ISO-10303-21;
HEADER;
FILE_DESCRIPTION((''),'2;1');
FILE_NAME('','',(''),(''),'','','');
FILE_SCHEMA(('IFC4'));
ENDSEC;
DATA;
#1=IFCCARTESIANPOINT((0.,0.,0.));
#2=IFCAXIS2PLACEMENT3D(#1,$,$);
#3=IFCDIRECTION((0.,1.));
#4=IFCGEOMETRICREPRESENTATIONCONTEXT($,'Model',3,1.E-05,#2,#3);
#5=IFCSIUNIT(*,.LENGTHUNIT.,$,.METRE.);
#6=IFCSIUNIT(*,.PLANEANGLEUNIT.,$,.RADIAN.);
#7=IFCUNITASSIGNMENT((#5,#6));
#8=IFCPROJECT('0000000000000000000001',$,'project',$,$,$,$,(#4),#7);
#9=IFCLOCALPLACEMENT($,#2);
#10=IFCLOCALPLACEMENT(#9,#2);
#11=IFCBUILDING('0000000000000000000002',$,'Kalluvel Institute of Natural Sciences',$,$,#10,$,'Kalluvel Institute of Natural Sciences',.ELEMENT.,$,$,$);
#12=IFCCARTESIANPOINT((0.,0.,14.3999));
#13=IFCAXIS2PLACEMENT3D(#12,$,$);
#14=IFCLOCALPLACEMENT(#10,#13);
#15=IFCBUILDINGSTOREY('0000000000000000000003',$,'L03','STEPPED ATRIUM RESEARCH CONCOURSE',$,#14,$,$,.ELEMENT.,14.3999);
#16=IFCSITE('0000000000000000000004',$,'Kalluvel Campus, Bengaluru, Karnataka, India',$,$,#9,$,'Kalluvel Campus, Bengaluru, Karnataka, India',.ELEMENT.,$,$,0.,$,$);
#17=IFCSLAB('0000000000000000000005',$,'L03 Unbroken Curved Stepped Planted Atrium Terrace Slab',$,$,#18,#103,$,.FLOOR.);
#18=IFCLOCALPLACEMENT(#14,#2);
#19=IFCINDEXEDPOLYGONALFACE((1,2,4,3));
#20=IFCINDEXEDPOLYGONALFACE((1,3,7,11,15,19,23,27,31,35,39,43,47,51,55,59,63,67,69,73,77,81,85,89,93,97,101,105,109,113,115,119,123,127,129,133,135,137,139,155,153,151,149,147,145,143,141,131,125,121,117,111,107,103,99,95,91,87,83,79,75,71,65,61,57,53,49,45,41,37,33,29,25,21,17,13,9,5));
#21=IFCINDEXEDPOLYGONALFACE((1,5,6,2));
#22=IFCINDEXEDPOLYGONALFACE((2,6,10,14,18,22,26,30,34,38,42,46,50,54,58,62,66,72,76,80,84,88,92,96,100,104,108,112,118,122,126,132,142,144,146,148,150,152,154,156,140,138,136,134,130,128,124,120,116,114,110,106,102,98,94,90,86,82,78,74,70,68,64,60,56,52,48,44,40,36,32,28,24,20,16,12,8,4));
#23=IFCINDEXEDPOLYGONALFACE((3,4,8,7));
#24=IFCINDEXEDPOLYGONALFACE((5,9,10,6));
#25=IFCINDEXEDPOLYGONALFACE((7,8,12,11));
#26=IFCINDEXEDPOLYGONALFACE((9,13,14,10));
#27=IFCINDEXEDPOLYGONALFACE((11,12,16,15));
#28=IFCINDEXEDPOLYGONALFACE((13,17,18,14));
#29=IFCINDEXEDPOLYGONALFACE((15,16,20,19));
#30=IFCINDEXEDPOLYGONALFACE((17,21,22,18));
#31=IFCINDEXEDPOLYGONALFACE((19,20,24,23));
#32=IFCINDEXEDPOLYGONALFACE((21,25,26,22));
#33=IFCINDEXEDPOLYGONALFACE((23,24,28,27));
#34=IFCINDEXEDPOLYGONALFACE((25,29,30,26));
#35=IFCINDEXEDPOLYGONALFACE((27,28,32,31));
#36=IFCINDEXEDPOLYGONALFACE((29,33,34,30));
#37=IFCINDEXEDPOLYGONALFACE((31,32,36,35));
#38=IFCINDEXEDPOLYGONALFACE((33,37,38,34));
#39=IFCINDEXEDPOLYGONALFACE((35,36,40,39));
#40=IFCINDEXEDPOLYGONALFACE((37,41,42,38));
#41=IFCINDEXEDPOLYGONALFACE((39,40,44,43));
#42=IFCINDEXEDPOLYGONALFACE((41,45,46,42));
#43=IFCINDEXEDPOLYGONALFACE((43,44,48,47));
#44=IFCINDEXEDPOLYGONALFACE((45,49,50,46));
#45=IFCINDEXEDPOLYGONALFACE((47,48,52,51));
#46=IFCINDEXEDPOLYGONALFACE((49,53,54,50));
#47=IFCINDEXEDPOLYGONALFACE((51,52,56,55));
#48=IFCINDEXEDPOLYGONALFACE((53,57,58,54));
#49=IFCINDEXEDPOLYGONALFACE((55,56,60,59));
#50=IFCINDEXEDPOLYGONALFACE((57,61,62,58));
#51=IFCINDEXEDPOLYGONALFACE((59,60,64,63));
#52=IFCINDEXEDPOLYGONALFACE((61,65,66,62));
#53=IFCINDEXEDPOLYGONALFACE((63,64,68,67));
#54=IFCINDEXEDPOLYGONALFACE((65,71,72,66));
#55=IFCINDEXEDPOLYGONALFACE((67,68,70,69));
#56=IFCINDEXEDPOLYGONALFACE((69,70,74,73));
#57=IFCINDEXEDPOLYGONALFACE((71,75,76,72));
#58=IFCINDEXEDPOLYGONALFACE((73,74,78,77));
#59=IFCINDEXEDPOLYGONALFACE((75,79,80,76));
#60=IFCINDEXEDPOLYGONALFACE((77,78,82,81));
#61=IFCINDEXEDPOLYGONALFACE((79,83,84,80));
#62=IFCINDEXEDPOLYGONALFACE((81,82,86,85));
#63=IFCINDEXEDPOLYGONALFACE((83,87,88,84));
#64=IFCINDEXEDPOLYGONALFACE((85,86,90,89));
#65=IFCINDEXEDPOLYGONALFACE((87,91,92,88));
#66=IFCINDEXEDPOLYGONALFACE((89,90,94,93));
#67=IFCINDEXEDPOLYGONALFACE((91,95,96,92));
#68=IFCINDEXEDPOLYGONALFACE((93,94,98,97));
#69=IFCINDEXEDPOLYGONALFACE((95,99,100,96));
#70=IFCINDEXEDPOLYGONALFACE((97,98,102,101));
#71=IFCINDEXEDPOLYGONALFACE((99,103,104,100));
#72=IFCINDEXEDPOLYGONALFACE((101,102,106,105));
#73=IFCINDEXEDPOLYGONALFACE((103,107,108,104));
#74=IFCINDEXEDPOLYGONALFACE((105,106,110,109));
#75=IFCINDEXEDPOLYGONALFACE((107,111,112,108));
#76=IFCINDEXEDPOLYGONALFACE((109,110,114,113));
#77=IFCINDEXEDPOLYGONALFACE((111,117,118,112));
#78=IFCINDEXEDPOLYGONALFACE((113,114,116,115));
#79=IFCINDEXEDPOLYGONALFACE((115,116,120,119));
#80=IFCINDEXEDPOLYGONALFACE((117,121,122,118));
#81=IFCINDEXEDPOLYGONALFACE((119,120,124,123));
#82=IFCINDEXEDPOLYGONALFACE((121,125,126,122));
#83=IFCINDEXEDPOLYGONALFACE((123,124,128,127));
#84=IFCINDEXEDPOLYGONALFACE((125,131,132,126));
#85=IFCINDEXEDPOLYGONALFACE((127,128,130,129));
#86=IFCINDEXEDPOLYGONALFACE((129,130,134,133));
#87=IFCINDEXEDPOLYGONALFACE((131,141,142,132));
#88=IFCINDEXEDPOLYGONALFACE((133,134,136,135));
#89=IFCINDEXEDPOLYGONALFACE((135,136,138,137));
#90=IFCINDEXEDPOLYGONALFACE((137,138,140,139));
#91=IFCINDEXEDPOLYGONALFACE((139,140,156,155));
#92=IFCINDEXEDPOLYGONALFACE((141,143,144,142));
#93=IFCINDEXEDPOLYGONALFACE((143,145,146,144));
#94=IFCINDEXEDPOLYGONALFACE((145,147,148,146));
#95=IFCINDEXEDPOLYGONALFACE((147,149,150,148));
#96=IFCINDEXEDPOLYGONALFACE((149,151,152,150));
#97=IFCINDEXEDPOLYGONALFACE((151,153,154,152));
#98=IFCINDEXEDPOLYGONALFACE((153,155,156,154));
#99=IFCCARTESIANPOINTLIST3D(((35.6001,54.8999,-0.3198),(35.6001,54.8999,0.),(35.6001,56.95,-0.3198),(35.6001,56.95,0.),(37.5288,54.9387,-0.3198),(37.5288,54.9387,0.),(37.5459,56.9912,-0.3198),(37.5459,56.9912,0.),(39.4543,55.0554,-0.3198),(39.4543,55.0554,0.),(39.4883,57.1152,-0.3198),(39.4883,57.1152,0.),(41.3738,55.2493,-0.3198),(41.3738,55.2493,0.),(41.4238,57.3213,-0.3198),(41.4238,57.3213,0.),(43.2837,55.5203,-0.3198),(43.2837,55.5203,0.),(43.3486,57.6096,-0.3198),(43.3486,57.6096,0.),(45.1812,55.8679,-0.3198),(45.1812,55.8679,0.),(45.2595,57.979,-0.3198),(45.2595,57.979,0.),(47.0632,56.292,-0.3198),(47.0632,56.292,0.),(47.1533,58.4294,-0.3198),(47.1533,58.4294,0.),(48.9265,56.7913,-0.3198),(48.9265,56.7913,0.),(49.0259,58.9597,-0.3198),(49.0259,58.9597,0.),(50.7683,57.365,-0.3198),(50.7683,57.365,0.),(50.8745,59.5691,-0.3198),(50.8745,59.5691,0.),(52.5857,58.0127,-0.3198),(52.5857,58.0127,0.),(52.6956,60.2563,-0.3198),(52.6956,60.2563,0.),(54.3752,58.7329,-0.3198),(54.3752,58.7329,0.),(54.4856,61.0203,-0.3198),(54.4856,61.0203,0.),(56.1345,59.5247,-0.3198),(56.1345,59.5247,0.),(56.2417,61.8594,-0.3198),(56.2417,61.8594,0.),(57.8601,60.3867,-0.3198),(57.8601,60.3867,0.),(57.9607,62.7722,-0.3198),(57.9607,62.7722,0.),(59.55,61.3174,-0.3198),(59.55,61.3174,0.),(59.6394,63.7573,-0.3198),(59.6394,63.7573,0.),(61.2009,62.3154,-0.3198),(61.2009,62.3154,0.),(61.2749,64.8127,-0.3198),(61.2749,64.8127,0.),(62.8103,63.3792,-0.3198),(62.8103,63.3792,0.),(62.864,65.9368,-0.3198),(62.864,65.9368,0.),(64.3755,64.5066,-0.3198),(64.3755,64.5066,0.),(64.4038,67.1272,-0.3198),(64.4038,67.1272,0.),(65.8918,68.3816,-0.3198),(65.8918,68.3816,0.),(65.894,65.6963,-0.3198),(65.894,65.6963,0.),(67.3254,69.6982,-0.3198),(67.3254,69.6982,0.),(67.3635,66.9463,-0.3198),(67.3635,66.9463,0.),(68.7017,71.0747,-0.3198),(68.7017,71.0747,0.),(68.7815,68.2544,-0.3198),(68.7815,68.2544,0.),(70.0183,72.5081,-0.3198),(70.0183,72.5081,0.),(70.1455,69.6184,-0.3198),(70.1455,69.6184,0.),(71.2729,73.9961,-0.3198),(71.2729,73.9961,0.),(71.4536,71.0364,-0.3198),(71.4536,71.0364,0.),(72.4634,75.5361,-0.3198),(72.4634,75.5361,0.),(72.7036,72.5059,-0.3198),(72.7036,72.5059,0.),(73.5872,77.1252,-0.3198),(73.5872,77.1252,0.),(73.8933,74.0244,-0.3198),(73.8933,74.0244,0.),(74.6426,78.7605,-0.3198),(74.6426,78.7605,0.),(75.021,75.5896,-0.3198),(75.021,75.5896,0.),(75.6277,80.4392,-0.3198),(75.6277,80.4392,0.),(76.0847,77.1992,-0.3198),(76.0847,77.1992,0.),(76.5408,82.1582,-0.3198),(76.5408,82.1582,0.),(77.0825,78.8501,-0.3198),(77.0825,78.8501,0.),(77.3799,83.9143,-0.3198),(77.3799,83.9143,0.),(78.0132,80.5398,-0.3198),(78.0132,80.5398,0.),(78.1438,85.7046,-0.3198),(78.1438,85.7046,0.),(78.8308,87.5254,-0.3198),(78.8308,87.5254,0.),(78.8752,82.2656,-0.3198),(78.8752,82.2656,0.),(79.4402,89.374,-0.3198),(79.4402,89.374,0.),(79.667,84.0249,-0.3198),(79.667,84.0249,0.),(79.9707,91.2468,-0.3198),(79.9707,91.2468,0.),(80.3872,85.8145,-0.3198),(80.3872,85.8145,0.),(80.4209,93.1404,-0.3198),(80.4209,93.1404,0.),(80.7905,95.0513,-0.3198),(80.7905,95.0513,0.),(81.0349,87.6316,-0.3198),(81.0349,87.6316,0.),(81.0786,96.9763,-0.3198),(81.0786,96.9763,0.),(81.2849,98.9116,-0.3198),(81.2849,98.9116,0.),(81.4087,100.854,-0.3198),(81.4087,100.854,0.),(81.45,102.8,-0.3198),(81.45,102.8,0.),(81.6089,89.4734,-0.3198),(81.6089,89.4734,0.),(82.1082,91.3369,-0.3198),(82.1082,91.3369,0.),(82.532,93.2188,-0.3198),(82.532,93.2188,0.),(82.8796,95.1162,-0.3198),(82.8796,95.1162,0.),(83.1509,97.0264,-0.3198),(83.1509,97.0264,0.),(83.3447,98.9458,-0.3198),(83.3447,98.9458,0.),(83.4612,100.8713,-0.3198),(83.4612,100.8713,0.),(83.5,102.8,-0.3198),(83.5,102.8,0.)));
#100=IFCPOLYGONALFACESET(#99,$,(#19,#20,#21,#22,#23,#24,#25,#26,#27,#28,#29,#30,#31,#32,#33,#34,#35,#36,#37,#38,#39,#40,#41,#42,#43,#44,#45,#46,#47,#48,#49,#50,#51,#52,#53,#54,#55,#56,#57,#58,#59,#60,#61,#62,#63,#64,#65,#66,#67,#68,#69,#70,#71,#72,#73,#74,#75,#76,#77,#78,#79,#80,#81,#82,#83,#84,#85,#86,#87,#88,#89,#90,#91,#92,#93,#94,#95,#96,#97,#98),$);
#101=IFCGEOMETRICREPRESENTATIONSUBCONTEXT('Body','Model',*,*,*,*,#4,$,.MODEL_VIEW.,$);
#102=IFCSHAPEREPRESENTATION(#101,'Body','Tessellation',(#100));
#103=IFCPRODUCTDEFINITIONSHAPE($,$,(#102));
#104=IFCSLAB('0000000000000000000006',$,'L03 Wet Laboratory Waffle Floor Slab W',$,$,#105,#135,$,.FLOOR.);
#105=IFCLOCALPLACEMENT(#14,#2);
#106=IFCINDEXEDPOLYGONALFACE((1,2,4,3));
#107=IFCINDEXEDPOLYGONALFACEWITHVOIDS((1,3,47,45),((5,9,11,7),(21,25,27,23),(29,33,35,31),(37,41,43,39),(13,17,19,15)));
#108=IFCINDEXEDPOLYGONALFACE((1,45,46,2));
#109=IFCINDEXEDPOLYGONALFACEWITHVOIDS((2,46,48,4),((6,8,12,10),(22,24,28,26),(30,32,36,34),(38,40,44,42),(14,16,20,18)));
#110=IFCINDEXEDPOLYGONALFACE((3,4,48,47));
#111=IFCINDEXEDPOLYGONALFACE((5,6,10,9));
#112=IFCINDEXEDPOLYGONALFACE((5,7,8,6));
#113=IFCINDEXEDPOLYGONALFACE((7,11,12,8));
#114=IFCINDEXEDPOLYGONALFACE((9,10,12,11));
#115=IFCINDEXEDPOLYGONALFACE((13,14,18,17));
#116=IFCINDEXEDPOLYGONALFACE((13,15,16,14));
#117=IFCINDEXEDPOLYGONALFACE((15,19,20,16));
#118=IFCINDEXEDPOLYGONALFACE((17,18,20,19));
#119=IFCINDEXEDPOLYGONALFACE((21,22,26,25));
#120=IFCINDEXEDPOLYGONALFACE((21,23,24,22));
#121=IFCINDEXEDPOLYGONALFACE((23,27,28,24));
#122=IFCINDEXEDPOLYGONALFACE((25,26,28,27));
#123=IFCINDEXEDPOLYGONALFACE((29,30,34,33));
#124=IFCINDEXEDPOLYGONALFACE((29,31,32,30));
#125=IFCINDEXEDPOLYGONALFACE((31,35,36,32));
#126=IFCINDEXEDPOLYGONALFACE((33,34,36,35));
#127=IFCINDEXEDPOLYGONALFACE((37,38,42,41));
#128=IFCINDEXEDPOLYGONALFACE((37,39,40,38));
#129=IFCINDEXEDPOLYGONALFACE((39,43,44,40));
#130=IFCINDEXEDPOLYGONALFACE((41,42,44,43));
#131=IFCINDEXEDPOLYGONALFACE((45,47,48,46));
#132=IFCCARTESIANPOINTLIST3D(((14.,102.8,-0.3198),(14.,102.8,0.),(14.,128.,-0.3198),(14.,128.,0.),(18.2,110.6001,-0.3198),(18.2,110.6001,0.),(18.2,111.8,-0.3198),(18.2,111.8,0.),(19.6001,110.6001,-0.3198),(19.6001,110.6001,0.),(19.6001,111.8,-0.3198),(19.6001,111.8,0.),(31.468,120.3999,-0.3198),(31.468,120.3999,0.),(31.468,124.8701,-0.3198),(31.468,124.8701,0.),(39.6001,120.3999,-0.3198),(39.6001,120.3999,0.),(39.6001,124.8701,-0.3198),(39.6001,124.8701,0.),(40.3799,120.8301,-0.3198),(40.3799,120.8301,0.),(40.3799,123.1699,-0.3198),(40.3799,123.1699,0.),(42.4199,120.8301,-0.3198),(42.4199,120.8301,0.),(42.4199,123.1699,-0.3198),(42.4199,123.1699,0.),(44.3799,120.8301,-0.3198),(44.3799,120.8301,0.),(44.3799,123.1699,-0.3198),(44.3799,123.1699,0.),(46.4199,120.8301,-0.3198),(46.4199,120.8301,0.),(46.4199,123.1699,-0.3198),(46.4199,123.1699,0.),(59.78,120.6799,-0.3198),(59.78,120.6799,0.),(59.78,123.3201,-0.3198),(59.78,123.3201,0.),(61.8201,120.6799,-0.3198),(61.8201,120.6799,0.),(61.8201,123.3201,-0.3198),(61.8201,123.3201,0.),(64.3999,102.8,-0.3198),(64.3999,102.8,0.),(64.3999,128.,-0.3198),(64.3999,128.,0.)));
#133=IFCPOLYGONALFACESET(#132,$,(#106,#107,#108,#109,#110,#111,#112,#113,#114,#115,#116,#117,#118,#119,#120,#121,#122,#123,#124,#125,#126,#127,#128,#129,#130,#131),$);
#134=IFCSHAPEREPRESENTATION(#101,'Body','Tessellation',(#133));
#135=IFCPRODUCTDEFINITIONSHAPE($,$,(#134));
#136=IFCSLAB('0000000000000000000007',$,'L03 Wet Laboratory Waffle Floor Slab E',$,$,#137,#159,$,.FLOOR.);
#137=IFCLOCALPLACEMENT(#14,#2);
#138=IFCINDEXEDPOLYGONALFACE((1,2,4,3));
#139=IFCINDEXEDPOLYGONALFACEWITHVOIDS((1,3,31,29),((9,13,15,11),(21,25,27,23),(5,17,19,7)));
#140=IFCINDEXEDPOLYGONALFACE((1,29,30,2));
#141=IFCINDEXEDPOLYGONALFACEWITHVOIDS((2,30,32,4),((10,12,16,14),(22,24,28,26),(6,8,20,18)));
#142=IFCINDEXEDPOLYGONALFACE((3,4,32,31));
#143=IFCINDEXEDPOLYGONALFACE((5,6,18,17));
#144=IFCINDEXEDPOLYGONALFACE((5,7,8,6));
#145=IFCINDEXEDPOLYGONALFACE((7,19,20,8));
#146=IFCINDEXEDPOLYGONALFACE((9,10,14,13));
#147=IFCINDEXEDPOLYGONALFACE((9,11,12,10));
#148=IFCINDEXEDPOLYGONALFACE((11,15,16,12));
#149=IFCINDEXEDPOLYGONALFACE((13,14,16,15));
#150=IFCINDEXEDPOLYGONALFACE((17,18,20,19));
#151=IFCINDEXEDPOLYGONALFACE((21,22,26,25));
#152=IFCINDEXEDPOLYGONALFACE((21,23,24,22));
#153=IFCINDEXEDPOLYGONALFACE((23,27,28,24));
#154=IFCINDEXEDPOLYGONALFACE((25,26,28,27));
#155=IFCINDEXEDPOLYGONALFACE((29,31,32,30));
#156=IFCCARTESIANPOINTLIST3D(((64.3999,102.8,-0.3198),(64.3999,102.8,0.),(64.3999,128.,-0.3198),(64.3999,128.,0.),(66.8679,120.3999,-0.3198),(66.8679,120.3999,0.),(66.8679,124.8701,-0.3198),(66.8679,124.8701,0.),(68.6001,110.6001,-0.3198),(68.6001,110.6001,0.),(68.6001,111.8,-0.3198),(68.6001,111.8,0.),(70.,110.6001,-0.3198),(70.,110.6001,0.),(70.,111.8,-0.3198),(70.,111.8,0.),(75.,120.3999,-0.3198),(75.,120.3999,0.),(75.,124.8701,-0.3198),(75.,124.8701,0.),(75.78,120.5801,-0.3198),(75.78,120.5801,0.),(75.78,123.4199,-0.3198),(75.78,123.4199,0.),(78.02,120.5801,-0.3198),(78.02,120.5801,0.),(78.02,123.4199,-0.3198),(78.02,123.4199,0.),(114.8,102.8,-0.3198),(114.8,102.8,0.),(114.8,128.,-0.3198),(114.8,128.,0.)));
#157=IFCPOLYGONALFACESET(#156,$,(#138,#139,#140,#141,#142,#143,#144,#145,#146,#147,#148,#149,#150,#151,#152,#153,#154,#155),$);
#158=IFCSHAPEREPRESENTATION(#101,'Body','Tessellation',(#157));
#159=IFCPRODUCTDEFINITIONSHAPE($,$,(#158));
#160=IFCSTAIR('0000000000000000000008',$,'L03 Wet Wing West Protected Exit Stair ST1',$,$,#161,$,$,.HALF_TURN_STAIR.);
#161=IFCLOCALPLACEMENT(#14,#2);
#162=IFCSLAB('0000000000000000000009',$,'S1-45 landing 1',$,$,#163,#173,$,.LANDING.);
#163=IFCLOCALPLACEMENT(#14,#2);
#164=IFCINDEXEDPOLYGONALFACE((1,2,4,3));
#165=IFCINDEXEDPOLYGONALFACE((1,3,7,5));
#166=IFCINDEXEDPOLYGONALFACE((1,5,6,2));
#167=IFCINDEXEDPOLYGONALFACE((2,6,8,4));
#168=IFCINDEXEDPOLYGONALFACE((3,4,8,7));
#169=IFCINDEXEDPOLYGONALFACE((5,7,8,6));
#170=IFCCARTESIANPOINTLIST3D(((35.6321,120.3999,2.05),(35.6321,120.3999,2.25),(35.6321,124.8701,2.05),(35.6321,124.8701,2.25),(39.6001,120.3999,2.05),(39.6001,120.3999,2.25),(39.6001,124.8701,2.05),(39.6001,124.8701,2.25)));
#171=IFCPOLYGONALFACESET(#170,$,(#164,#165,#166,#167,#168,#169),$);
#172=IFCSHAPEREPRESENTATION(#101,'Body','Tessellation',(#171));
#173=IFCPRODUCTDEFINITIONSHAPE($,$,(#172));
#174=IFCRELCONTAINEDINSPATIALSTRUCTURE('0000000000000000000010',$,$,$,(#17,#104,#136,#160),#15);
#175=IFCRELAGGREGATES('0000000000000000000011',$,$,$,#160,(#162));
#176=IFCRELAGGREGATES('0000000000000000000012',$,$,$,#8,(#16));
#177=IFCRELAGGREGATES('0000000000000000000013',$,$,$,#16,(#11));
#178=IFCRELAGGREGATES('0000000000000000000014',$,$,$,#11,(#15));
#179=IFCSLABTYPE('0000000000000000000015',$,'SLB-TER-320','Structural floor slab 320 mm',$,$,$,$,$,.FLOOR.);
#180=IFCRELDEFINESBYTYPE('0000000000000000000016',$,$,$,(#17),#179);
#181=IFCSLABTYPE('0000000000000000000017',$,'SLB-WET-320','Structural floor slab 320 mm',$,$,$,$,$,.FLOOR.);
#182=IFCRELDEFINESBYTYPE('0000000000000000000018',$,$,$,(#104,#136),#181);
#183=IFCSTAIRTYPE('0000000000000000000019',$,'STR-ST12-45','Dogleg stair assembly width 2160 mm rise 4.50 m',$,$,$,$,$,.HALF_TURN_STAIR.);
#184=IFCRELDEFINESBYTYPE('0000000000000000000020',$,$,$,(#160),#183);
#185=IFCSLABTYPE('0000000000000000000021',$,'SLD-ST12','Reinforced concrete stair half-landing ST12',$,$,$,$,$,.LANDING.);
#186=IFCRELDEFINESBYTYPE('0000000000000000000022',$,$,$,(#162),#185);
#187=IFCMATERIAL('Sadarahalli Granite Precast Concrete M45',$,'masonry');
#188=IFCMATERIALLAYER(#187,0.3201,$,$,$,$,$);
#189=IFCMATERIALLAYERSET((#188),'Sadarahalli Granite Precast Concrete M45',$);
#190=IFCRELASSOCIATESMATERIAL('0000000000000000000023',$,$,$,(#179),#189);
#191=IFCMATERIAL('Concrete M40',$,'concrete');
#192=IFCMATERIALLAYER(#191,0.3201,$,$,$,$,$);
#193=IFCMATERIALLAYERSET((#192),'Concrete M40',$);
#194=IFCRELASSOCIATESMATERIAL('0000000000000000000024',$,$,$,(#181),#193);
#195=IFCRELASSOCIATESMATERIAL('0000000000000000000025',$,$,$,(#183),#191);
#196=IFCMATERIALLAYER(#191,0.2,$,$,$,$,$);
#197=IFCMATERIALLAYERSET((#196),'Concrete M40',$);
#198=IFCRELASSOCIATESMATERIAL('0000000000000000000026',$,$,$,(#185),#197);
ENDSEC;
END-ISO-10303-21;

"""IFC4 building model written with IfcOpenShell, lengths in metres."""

from ifc_helpers import new_model, si_unit, direction, frame, origin, place, context, subcontext, project, spatial, polyline, outline, extrude, material, layer, layer_set, type_object, element, aggregate, save


model = new_model("IFC4")

# Units and contexts
model_context = context("Model", 3, precision=1e-05, world=origin(), true_north=direction((0.0, 1.0)))
body_context = subcontext(model_context, "Body", "Model", "MODEL_VIEW")
ifc_project = project(units=[si_unit("LENGTHUNIT", "METRE"), si_unit("PLANEANGLEUNIT", "RADIAN")], contexts=[model_context])

# Site, building, storey
site_placement = place(None, origin())
site = spatial("IfcSite", under=ifc_project, at=site_placement, Name="Kalluvel Campus, Bengaluru, Karnataka, India", LongName="Kalluvel Campus, Bengaluru, Karnataka, India", CompositionType="ELEMENT", RefElevation=0.0)
building_placement = place(site_placement, origin())
building = spatial("IfcBuilding", under=site, at=building_placement, Name="Kalluvel Institute of Natural Sciences", LongName="Kalluvel Institute of Natural Sciences", CompositionType="ELEMENT")
storey_placement = place(building_placement, frame((0.0, 0.0, 14.3999)))
storey = spatial("IfcBuildingStorey", under=building, at=storey_placement, Name="L03", Description="STEPPED ATRIUM RESEARCH CONCOURSE", CompositionType="ELEMENT", Elevation=14.3999)

# Shared definitions
ifc_material_1 = material(Name="Concrete M40", Category="concrete")
ifc_material_2 = material(Name="Sadarahalli Granite Precast Concrete M45", Category="masonry")

# Slabs
ifc_layer_1 = layer(ifc_material_2, 0.3201)
ifc_layer_set_1 = layer_set([ifc_layer_1], Name="Sadarahalli Granite Precast Concrete M45")
slab_type_1 = type_object("IfcSlabType", Name="SLB-TER-320", Description="Structural floor slab 320 mm", PredefinedType="FLOOR", material=ifc_layer_set_1)
slab_1_placement = place(storey_placement, frame((0.0, 0.0, -0.3198)))
element("IfcSlab", 1, at=slab_1_placement, inside=storey, type_object=slab_type_1, Name="L03 Unbroken Curved Stepped Planted Atrium Terrace Slab", PredefinedType="FLOOR", context=body_context, shape_type="SweptSolid", body=[
    extrude(outline(polyline([(35.6001, 54.8999), (37.5288, 54.9387), (39.4543, 55.0554), (41.3738, 55.2493), (43.2837, 55.5203), (45.1812, 55.8679), (47.0632, 56.292), (48.9265, 56.7913), (50.7683, 57.365), (52.5857, 58.0127), (54.3752, 58.7329), (56.1345, 59.5247), (57.8601, 60.3867), (59.55, 61.3174), (61.2009, 62.3154), (62.8103, 63.3792), (64.3755, 64.5066), (65.894, 65.6963), (67.3635, 66.9463), (68.7815, 68.2544), (70.1455, 69.6184), (71.4536, 71.0364), (72.7036, 72.5059), (73.8933, 74.0244), (75.021, 75.5896), (76.0847, 77.1992), (77.0825, 78.8501), (78.0132, 80.5398), (78.8752, 82.2656), (79.667, 84.0249), (80.3872, 85.8145), (81.0349, 87.6316), (81.6089, 89.4734), (82.1082, 91.3369), (82.532, 93.2188), (82.8796, 95.1162), (83.1509, 97.0264), (83.3447, 98.9458), (83.4612, 100.8713), (83.5, 102.8), (81.45, 102.8), (81.4087, 100.854), (81.2849, 98.9116), (81.0786, 96.9763), (80.7905, 95.0513), (80.4209, 93.1404), (79.9707, 91.2468), (79.4402, 89.374), (78.8308, 87.5254), (78.1438, 85.7046), (77.3799, 83.9143), (76.5408, 82.1582), (75.6277, 80.4392), (74.6426, 78.7605), (73.5872, 77.1252), (72.4634, 75.5361), (71.2729, 73.9961), (70.0183, 72.5081), (68.7017, 71.0747), (67.3254, 69.6982), (65.8918, 68.3816), (64.4038, 67.1272), (62.864, 65.9368), (61.2749, 64.8127), (59.6394, 63.7573), (57.9607, 62.7722), (56.2417, 61.8594), (54.4856, 61.0203), (52.6956, 60.2563), (50.8745, 59.5691), (49.0259, 58.9597), (47.1533, 58.4294), (45.2595, 57.979), (43.3486, 57.6096), (41.4238, 57.3213), (39.4883, 57.1152), (37.5459, 56.9912), (35.6001, 56.95), (35.6001, 54.8999)])), origin(), (0.0, 0.0, 1.0), 0.3198),
])
ifc_layer_2 = layer(ifc_material_1, 0.3201)
ifc_layer_set_2 = layer_set([ifc_layer_2], Name="Concrete M40")
slab_type_2 = type_object("IfcSlabType", Name="SLB-WET-320", Description="Structural floor slab 320 mm", PredefinedType="FLOOR", material=ifc_layer_set_2)
slab_2_placement = place(storey_placement, frame((0.0, 0.0, -0.3198)))
element("IfcSlab", 2, at=slab_2_placement, inside=storey, type_object=slab_type_2, Name="L03 Wet Laboratory Waffle Floor Slab W", PredefinedType="FLOOR", context=body_context, shape_type="SweptSolid", body=[
    extrude(outline(polyline([(14.0, 102.8), (64.3999, 102.8), (64.3999, 128.0), (14.0, 128.0), (14.0, 102.8)]), holes=[polyline([(61.8201, 120.6799), (59.78, 120.6799), (59.78, 123.3201), (61.8201, 123.3201), (61.8201, 120.6799)]), polyline([(46.4199, 123.1699), (46.4199, 120.8301), (44.3799, 120.8301), (44.3799, 123.1699), (46.4199, 123.1699)]), polyline([(42.4199, 123.1699), (42.4199, 120.8301), (40.3799, 120.8301), (40.3799, 123.1699), (42.4199, 123.1699)]), polyline([(39.6001, 120.3999), (31.468, 120.3999), (31.468, 124.8701), (39.6001, 124.8701), (39.6001, 120.3999)]), polyline([(19.6001, 111.8), (19.6001, 110.6001), (18.2, 110.6001), (18.2, 111.8), (19.6001, 111.8)])]), origin(), (0.0, 0.0, 1.0), 0.3198),
])
slab_3_placement = place(storey_placement, frame((0.0, 0.0, -0.3198)))
element("IfcSlab", 3, at=slab_3_placement, inside=storey, type_object=slab_type_2, Name="L03 Wet Laboratory Waffle Floor Slab E", PredefinedType="FLOOR", context=body_context, shape_type="SweptSolid", body=[
    extrude(outline(polyline([(64.3999, 102.8), (114.8, 102.8), (114.8, 128.0), (64.3999, 128.0), (64.3999, 102.8)]), holes=[polyline([(78.02, 123.4199), (78.02, 120.5801), (75.78, 120.5801), (75.78, 123.4199), (78.02, 123.4199)]), polyline([(75.0, 124.8701), (75.0, 120.3999), (66.8679, 120.3999), (66.8679, 124.8701), (75.0, 124.8701)]), polyline([(68.6001, 111.8), (70.0, 111.8), (70.0, 110.6001), (68.6001, 110.6001), (68.6001, 111.8)])]), origin(), (0.0, 0.0, 1.0), 0.3198),
])

# Stair, slab
stair_type_1 = type_object("IfcStairType", Name="STR-ST12-45", Description="Dogleg stair assembly width 2160 mm rise 4.50 m", PredefinedType="HALF_TURN_STAIR", material=ifc_material_1)
stair_1_placement = place(storey_placement, origin())
stair_1 = element("IfcStair", 4, at=stair_1_placement, inside=storey, type_object=stair_type_1, Name="L03 Wet Wing West Protected Exit Stair ST1", PredefinedType="HALF_TURN_STAIR")
ifc_layer_3 = layer(ifc_material_1, 0.2)
ifc_layer_set_3 = layer_set([ifc_layer_3], Name="Concrete M40")
slab_type_3 = type_object("IfcSlabType", Name="SLD-ST12", Description="Reinforced concrete stair half-landing ST12", PredefinedType="LANDING", material=ifc_layer_set_3)
slab_4_placement = place(storey_placement, frame((0.0, 0.0, 2.05)))
slab_4 = element("IfcSlab", 5, at=slab_4_placement, type_object=slab_type_3, Name="S1-45 landing 1", PredefinedType="LANDING", context=body_context, shape_type="SweptSolid", body=[
    extrude(outline(polyline([(35.6321, 120.3999), (39.6001, 120.3999), (39.6001, 124.8701), (35.6321, 124.8701), (35.6321, 120.3999)])), origin(), (0.0, 0.0, 1.0), 0.2),
])
aggregate(stair_1, [slab_4])

save(model, "model.ifc")
